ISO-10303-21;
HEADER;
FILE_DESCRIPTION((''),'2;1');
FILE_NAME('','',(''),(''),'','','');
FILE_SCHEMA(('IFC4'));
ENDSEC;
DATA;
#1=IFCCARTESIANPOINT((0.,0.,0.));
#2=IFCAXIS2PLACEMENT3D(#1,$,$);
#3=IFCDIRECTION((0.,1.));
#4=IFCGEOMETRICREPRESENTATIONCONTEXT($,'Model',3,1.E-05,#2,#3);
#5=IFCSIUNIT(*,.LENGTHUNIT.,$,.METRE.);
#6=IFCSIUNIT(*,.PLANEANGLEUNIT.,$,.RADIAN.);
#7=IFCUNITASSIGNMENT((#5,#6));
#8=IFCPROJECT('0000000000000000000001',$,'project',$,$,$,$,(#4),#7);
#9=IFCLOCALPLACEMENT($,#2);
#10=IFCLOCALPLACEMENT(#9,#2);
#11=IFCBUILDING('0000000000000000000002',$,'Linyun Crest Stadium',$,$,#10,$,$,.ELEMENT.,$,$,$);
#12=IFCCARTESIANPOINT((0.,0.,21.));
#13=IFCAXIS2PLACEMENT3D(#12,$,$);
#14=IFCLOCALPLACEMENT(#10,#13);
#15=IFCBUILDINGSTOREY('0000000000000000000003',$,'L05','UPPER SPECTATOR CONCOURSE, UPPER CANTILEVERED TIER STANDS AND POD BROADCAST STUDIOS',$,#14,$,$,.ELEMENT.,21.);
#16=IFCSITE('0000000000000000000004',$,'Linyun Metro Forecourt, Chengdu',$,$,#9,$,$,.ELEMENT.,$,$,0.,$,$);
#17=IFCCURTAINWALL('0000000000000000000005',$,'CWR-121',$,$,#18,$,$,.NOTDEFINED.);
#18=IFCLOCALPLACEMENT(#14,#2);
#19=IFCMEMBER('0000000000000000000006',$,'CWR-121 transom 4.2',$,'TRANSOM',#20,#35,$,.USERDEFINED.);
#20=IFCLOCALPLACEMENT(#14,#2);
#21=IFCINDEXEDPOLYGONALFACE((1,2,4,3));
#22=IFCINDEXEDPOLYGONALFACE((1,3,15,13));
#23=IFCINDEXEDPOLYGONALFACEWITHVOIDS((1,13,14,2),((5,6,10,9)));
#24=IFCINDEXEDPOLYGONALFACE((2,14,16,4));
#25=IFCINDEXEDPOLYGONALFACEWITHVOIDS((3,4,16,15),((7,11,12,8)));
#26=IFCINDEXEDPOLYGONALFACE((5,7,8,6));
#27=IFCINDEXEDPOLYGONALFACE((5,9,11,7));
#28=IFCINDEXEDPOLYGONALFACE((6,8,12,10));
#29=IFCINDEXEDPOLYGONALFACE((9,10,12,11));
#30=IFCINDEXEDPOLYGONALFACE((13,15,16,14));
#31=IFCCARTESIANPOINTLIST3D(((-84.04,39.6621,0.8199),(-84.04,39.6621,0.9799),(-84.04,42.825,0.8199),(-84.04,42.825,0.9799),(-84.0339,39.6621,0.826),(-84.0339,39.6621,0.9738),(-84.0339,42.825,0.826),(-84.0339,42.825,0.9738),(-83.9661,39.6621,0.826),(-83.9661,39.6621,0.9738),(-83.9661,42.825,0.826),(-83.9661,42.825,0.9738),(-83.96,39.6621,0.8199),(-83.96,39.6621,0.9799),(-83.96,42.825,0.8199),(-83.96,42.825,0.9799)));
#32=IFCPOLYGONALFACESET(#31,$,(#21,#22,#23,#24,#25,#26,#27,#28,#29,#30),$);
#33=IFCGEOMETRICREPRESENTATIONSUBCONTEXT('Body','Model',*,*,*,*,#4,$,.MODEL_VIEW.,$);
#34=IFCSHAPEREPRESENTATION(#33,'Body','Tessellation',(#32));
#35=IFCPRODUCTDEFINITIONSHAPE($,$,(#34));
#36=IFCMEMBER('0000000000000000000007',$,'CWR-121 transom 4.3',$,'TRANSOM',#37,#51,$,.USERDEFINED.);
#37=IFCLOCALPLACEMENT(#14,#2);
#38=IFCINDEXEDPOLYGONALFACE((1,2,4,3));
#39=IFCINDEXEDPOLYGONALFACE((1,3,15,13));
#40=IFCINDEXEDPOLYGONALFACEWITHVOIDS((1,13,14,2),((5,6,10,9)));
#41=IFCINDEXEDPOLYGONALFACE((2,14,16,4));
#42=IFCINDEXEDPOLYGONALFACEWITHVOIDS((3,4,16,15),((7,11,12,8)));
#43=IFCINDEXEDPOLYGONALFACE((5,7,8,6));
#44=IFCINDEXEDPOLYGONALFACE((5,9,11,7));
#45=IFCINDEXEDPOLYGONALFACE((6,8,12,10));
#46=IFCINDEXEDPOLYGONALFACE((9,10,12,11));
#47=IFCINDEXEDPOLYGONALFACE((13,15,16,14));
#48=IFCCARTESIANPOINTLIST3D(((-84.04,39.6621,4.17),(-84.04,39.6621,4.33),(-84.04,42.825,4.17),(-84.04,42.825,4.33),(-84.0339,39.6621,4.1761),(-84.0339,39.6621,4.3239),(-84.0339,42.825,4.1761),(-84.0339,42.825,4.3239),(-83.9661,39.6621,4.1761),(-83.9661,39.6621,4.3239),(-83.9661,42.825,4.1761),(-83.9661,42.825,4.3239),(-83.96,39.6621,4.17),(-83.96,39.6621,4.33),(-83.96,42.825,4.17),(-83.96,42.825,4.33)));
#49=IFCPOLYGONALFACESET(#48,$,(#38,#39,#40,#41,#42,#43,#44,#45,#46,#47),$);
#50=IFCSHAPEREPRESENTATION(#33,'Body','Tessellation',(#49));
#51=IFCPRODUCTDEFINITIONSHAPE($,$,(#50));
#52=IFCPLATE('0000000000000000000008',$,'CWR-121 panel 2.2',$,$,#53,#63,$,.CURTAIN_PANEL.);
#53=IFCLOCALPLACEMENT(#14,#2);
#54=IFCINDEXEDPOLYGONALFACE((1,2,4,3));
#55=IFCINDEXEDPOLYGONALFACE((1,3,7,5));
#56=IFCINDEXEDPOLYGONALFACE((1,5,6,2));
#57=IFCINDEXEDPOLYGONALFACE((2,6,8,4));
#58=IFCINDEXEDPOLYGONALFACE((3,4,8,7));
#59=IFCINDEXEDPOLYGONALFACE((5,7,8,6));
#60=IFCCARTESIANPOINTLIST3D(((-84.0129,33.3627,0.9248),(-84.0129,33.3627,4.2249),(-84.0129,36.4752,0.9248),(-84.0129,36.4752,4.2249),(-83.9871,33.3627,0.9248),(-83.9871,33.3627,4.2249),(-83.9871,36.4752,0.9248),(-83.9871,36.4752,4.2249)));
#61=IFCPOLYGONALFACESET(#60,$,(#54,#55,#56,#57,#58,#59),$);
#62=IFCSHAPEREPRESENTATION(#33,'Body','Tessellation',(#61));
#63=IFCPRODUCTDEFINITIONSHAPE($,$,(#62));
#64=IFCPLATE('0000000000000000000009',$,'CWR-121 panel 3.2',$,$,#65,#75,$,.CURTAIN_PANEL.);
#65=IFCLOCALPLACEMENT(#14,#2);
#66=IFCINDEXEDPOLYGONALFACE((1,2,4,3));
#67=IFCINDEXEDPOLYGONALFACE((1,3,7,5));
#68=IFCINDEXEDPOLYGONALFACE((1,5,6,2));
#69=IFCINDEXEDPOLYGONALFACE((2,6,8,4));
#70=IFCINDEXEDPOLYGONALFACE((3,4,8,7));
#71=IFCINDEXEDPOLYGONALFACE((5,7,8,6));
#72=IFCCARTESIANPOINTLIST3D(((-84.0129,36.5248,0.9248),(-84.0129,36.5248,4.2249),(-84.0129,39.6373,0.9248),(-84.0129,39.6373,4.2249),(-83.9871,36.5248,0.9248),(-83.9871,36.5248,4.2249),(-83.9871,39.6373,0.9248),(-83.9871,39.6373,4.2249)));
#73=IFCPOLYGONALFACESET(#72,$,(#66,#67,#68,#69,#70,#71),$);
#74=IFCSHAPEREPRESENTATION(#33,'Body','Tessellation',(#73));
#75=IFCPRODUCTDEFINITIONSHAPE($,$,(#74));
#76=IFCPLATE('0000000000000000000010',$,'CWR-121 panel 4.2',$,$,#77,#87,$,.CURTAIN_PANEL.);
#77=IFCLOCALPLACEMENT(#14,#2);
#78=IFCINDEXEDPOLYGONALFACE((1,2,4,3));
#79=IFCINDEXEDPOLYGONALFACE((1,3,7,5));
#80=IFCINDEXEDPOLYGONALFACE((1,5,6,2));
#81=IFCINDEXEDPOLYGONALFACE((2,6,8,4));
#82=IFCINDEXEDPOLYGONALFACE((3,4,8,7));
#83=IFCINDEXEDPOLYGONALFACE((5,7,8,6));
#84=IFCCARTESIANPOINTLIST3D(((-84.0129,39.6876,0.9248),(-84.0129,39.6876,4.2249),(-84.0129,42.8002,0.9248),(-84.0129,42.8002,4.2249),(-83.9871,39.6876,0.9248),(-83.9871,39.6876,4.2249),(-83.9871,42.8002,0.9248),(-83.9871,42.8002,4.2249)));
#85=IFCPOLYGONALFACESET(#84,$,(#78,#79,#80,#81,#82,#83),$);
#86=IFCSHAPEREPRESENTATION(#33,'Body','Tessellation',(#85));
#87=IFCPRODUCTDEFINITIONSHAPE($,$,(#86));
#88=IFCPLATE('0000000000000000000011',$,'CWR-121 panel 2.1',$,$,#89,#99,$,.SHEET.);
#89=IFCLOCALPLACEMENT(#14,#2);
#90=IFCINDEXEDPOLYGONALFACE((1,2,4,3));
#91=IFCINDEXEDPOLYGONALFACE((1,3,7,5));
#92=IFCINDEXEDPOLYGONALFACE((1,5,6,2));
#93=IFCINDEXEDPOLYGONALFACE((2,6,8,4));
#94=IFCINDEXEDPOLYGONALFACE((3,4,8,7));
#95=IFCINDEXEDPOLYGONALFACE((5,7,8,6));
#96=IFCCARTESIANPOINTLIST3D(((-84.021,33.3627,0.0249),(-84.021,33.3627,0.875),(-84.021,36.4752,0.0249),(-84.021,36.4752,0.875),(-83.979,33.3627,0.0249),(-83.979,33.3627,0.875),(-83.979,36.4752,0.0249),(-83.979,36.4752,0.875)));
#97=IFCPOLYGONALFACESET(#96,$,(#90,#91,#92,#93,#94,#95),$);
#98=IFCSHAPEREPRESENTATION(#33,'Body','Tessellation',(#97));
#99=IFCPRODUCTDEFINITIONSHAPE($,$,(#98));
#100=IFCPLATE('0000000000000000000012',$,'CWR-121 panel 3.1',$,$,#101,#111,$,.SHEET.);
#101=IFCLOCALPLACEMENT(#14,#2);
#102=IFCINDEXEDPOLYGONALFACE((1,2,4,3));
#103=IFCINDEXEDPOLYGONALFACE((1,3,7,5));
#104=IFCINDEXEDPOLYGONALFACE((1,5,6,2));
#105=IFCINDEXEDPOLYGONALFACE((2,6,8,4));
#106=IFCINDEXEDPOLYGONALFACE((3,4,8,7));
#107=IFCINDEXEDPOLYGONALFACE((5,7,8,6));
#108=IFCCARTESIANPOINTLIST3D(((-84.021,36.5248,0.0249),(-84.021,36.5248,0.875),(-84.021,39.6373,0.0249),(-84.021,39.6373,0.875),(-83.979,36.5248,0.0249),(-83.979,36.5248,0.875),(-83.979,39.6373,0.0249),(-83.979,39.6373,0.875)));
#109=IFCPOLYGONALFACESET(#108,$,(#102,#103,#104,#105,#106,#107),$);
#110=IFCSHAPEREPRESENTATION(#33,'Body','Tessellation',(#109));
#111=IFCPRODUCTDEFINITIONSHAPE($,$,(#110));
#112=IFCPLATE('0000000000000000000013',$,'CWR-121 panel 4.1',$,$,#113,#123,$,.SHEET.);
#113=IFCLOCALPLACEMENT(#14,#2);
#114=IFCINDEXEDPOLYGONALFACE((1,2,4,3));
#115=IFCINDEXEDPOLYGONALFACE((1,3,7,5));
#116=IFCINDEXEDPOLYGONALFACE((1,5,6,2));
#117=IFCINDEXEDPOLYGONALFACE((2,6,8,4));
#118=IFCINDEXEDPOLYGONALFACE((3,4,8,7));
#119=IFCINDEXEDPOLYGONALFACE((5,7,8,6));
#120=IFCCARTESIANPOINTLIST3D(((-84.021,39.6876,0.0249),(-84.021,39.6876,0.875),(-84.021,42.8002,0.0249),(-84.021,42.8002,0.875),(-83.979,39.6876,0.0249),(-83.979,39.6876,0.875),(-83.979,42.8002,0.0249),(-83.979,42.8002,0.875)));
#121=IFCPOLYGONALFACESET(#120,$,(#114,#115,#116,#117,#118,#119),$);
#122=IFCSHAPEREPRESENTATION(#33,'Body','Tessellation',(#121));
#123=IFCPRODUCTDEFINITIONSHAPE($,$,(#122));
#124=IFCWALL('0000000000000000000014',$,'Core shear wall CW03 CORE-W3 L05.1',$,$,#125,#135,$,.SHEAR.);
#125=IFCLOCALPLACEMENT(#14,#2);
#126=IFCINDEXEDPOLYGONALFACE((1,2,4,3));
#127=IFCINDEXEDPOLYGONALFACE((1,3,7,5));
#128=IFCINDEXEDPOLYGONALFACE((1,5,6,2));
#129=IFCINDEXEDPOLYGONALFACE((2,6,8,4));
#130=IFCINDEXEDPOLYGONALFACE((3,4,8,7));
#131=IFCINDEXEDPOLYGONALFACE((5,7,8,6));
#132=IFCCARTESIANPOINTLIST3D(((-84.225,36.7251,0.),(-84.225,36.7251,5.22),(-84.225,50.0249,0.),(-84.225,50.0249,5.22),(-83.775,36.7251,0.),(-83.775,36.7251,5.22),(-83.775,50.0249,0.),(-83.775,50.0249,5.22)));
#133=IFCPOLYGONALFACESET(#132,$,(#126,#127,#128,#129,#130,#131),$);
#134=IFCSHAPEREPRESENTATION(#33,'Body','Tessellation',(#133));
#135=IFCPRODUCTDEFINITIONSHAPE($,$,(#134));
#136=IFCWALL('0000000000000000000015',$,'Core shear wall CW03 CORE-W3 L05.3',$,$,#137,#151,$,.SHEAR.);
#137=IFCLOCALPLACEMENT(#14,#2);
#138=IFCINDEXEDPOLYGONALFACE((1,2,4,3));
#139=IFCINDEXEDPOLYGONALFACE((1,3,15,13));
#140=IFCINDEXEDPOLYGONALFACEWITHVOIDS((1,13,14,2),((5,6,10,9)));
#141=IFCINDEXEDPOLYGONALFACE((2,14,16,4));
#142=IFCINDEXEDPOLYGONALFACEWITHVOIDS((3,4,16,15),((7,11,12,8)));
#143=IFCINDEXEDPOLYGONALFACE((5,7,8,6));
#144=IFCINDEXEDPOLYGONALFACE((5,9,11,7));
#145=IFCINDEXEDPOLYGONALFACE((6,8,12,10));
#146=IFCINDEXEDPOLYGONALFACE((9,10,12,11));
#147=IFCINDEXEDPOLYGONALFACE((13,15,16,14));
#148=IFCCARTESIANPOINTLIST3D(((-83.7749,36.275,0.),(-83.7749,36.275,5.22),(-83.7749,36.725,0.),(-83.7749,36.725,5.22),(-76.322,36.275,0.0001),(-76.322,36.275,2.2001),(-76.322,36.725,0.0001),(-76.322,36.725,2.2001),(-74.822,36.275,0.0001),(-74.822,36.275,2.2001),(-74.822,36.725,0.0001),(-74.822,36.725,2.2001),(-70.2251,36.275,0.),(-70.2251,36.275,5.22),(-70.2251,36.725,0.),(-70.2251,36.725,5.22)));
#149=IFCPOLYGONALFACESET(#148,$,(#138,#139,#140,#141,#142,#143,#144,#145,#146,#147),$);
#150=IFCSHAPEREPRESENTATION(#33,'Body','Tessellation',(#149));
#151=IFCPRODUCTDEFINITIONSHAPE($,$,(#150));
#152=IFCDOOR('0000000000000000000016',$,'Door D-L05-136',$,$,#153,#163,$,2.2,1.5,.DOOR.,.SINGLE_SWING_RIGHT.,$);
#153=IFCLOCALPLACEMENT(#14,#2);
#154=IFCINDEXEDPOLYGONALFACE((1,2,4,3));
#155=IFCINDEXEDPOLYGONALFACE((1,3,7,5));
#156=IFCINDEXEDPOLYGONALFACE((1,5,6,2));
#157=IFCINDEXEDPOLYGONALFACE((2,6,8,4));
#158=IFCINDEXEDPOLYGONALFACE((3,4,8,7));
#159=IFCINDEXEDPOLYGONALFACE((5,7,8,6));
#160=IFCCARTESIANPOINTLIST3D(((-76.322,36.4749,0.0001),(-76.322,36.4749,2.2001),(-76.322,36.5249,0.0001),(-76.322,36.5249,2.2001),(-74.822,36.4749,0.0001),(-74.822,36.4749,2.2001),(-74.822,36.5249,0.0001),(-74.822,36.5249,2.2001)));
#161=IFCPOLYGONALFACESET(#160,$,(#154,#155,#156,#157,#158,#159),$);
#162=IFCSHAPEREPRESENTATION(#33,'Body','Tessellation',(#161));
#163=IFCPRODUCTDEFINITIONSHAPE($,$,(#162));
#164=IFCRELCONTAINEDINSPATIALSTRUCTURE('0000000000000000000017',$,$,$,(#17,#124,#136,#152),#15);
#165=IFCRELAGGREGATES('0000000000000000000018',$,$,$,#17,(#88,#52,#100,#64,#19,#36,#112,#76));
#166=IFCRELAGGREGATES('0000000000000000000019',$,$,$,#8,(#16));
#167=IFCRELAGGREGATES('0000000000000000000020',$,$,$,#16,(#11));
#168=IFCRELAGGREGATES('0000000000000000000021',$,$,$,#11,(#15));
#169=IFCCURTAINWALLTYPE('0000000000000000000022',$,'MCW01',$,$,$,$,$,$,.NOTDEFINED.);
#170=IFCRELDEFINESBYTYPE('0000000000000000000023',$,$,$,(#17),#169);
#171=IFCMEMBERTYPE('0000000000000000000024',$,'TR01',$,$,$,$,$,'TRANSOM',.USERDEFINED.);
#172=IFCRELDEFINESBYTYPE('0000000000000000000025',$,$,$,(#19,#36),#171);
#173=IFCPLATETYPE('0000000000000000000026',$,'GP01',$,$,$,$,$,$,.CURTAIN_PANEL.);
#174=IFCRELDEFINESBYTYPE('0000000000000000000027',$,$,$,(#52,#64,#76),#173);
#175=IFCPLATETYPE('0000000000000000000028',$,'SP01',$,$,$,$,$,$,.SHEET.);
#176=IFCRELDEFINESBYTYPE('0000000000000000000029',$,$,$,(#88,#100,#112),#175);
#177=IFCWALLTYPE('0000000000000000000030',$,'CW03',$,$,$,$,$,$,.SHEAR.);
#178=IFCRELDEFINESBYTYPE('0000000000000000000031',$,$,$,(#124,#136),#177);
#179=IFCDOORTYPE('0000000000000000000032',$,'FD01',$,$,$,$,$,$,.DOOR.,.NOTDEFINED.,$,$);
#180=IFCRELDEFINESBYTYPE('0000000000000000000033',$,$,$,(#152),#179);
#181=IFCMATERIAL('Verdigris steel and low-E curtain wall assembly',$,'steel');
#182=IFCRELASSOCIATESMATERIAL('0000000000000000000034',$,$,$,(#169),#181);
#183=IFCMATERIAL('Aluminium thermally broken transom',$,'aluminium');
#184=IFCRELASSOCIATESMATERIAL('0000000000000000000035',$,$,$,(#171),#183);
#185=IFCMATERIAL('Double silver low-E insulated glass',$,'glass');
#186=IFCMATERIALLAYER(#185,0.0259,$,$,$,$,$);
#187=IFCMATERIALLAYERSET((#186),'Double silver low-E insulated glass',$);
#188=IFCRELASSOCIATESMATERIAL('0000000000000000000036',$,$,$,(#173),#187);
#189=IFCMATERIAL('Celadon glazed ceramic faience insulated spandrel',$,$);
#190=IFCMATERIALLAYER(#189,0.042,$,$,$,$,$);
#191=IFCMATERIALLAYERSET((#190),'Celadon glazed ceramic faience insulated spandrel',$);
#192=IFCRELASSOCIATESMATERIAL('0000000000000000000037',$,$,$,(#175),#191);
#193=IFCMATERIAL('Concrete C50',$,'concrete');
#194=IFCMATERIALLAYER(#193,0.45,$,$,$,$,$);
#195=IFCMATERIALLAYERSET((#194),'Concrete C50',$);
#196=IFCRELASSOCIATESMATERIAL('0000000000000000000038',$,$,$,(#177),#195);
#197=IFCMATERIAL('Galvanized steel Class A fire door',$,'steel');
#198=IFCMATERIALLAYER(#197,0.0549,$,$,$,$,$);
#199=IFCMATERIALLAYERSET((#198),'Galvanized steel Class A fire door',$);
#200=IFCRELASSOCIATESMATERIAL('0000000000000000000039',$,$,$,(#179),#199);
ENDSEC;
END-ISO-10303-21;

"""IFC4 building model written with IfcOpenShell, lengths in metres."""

from ifc_helpers import new_model, si_unit, direction, frame, frame_2d, origin, origin_2d, place, context, subcontext, project, spatial, rectangle, hollow_rectangle, extrude, material, layer, layer_set, material_profile, profile_set, type_object, element, fill, aggregate, save


model = new_model("IFC4")

# Units and contexts
model_context = context("Model", 3, precision=1e-05, world=origin(), true_north=direction((0.0, 1.0)))
body_context = subcontext(model_context, "Body", "Model", "MODEL_VIEW")
ifc_project = project(units=[si_unit("LENGTHUNIT", "METRE"), si_unit("PLANEANGLEUNIT", "RADIAN")], contexts=[model_context])

# Site, building, storey
site_placement = place(None, origin())
site = spatial("IfcSite", under=ifc_project, at=site_placement, Name="Linyun Metro Forecourt, Chengdu", CompositionType="ELEMENT", RefElevation=0.0)
building_placement = place(site_placement, origin())
building = spatial("IfcBuilding", under=site, at=building_placement, Name="Linyun Crest Stadium", CompositionType="ELEMENT")
storey_placement = place(building_placement, frame((0.0, 0.0, 21.0)))
storey = spatial("IfcBuildingStorey", under=building, at=storey_placement, Name="L05", Description="UPPER SPECTATOR CONCOURSE, UPPER CANTILEVERED TIER STANDS AND POD BROADCAST STUDIOS", CompositionType="ELEMENT", Elevation=21.0)

# Curtain wall, members, plates
ifc_material_1 = material(Name="Verdigris steel and low-E curtain wall assembly", Category="steel")
curtain_wall_type = type_object("IfcCurtainWallType", Name="MCW01", PredefinedType="NOTDEFINED", material=ifc_material_1)
curtain_wall_placement = place(storey_placement, origin())
curtain_wall = element("IfcCurtainWall", 1, at=curtain_wall_placement, inside=storey, type_object=curtain_wall_type, Name="CWR-121", PredefinedType="NOTDEFINED")
ifc_material_2 = material(Name="Aluminium thermally broken transom", Category="aluminium")
ifc_material_profile_1 = material_profile(ifc_material_2, hollow_rectangle(XDim=0.0801, YDim=0.1599, WallThickness=0.0061, at=origin_2d()), Name="RHS 160x80x6")
ifc_profile_set_1 = profile_set([ifc_material_profile_1], Name="Aluminium thermally broken transom")
member_type_1 = type_object("IfcMemberType", Name="TR01", ElementType="TRANSOM", PredefinedType="USERDEFINED", material=ifc_profile_set_1)
member_1_placement = place(storey_placement, frame((-84.0, 39.6621, 0.8999), z_axis=(0.0, 1.0, 0.0), x_axis=(-1.0, 0.0, 0.0)))
member_1 = element("IfcMember", 2, at=member_1_placement, type_object=member_type_1, Name="CWR-121 transom 4.2", ObjectType="TRANSOM", PredefinedType="USERDEFINED", context=body_context, shape_type="SweptSolid", body=[
    extrude(hollow_rectangle(XDim=0.0801, YDim=0.1599, WallThickness=0.0061, at=origin_2d()), origin(), (0.0, 0.0, 1.0), 3.1628),
])
member_2_placement = place(storey_placement, frame((-84.0, 39.6621, 4.25), z_axis=(0.0, 1.0, 0.0), x_axis=(-1.0, 0.0, 0.0)))
member_2 = element("IfcMember", 3, at=member_2_placement, type_object=member_type_1, Name="CWR-121 transom 4.3", ObjectType="TRANSOM", PredefinedType="USERDEFINED", context=body_context, shape_type="SweptSolid", body=[
    extrude(hollow_rectangle(XDim=0.0801, YDim=0.1599, WallThickness=0.0061, at=origin_2d()), origin(), (0.0, 0.0, 1.0), 3.1628),
])
ifc_material_3 = material(Name="Double silver low-E insulated glass", Category="glass")
ifc_layer_1 = layer(ifc_material_3, 0.0259)
ifc_layer_set_1 = layer_set([ifc_layer_1], Name="Double silver low-E insulated glass")
plate_type_1 = type_object("IfcPlateType", Name="GP01", PredefinedType="CURTAIN_PANEL", material=ifc_layer_set_1)
plate_1_placement = place(storey_placement, frame((-84.0, 34.9189, 0.9248), z_axis=(0.0, 0.0, 1.0), x_axis=(0.0, 1.0, 0.0)))
plate_1 = element("IfcPlate", 4, at=plate_1_placement, type_object=plate_type_1, Name="CWR-121 panel 2.2", PredefinedType="CURTAIN_PANEL", context=body_context, shape_type="SweptSolid", body=[
    extrude(rectangle(XDim=3.1125, YDim=0.0259, at=origin_2d()), origin(), (0.0, 0.0, 1.0), 3.3),
])
plate_2_placement = place(storey_placement, frame((-84.0, 38.0811, 0.9248), z_axis=(0.0, 0.0, 1.0), x_axis=(0.0, 1.0, 0.0)))
plate_2 = element("IfcPlate", 5, at=plate_2_placement, type_object=plate_type_1, Name="CWR-121 panel 3.2", PredefinedType="CURTAIN_PANEL", context=body_context, shape_type="SweptSolid", body=[
    extrude(rectangle(XDim=3.1125, YDim=0.0259, at=origin_2d()), origin(), (0.0, 0.0, 1.0), 3.3),
])
plate_3_placement = place(storey_placement, frame((-84.0, 41.2439, 0.9248), z_axis=(0.0, 0.0, 1.0), x_axis=(0.0, 1.0, 0.0)))
plate_3 = element("IfcPlate", 6, at=plate_3_placement, type_object=plate_type_1, Name="CWR-121 panel 4.2", PredefinedType="CURTAIN_PANEL", context=body_context, shape_type="SweptSolid", body=[
    extrude(rectangle(XDim=3.1125, YDim=0.0259, at=origin_2d()), origin(), (0.0, 0.0, 1.0), 3.3),
])
ifc_material_4 = material(Name="Celadon glazed ceramic faience insulated spandrel")
ifc_layer_2 = layer(ifc_material_4, 0.042)
ifc_layer_set_2 = layer_set([ifc_layer_2], Name="Celadon glazed ceramic faience insulated spandrel")
plate_type_2 = type_object("IfcPlateType", Name="SP01", PredefinedType="SHEET", material=ifc_layer_set_2)
plate_4_placement = place(storey_placement, frame((-84.0, 34.9189, 0.0249), z_axis=(0.0, 0.0, 1.0), x_axis=(0.0, 1.0, 0.0)))
plate_4 = element("IfcPlate", 7, at=plate_4_placement, type_object=plate_type_2, Name="CWR-121 panel 2.1", PredefinedType="SHEET", context=body_context, shape_type="SweptSolid", body=[
    extrude(rectangle(XDim=3.1125, YDim=0.042, at=origin_2d()), origin(), (0.0, 0.0, 1.0), 0.8501),
])
plate_5_placement = place(storey_placement, frame((-84.0, 38.0811, 0.0249), z_axis=(0.0, 0.0, 1.0), x_axis=(0.0, 1.0, 0.0)))
plate_5 = element("IfcPlate", 8, at=plate_5_placement, type_object=plate_type_2, Name="CWR-121 panel 3.1", PredefinedType="SHEET", context=body_context, shape_type="SweptSolid", body=[
    extrude(rectangle(XDim=3.1125, YDim=0.042, at=origin_2d()), origin(), (0.0, 0.0, 1.0), 0.8501),
])
plate_6_placement = place(storey_placement, frame((-84.0, 41.2439, 0.0249), z_axis=(0.0, 0.0, 1.0), x_axis=(0.0, 1.0, 0.0)))
plate_6 = element("IfcPlate", 9, at=plate_6_placement, type_object=plate_type_2, Name="CWR-121 panel 4.1", PredefinedType="SHEET", context=body_context, shape_type="SweptSolid", body=[
    extrude(rectangle(XDim=3.1125, YDim=0.042, at=origin_2d()), origin(), (0.0, 0.0, 1.0), 0.8501),
])
aggregate(curtain_wall, [plate_4, plate_1, plate_5, plate_2, member_1, member_2, plate_6, plate_3])

# Wall
ifc_material_5 = material(Name="Concrete C50", Category="concrete")
ifc_layer_3 = layer(ifc_material_5, 0.45)
ifc_layer_set_3 = layer_set([ifc_layer_3], Name="Concrete C50")
wall_type = type_object("IfcWallType", Name="CW03", PredefinedType="SHEAR", material=ifc_layer_set_3)
wall_1_placement = place(storey_placement, frame((-84.0, 36.7251, 0.0), z_axis=(0.0, 0.0, 1.0), x_axis=(0.0, 1.0, 0.0)))
element("IfcWall", 10, at=wall_1_placement, inside=storey, type_object=wall_type, Name="Core shear wall CW03 CORE-W3 L05.1", PredefinedType="SHEAR", context=body_context, shape_type="SweptSolid", body=[
    extrude(rectangle(XDim=13.2998, YDim=0.45, at=frame_2d((6.6499, 0.0))), origin(), (0.0, 0.0, 1.0), 5.22),
])

# Wall, opening, door
wall_2_placement = place(storey_placement, frame((-83.7749, 36.5, 0.0), z_axis=(0.0, 0.0, 1.0), x_axis=(1.0, 0.0, 0.0)))
wall_2 = element("IfcWall", 11, at=wall_2_placement, inside=storey, type_object=wall_type, Name="Core shear wall CW03 CORE-W3 L05.3", PredefinedType="SHEAR", context=body_context, shape_type="SweptSolid", body=[
    extrude(rectangle(XDim=13.5498, YDim=0.45, at=frame_2d((6.7749, 0.0))), origin(), (0.0, 0.0, 1.0), 5.22),
])
opening_placement = place(wall_2_placement, frame((7.4529, 0.0, 0.0)))
opening = element("IfcOpeningElement", 12, at=opening_placement, cuts=wall_2, PredefinedType="OPENING", context=body_context, shape_type="SweptSolid", body=[
    extrude(rectangle(XDim=1.5, YDim=2.2, at=frame_2d((0.75, 1.1001))), frame((0.0, 0.2349, 0.0), z_axis=(0.0, -1.0, 0.0), x_axis=(1.0, 0.0, 0.0)), (0.0, 0.0, 1.0), 0.47),
])
ifc_material_6 = material(Name="Galvanized steel Class A fire door", Category="steel")
ifc_layer_4 = layer(ifc_material_6, 0.0549)
ifc_layer_set_4 = layer_set([ifc_layer_4], Name="Galvanized steel Class A fire door")
door_type = type_object("IfcDoorType", Name="FD01", OperationType="NOTDEFINED", PredefinedType="DOOR", material=ifc_layer_set_4)
door_placement = place(opening_placement, origin())
door = element("IfcDoor", 13, at=door_placement, inside=storey, type_object=door_type, Name="Door D-L05-136", OperationType="SINGLE_SWING_RIGHT", OverallHeight=2.2, OverallWidth=1.5, PredefinedType="DOOR", context=body_context, shape_type="SweptSolid", body=[
    extrude(rectangle(XDim=1.5, YDim=2.2, at=frame_2d((0.75, 1.1001))), frame((0.0, 0.0249, 0.0), z_axis=(0.0, -1.0, 0.0), x_axis=(1.0, 0.0, 0.0)), (0.0, 0.0, 1.0), 0.05),
])
fill(opening, door)

save(model, "model.ifc")
